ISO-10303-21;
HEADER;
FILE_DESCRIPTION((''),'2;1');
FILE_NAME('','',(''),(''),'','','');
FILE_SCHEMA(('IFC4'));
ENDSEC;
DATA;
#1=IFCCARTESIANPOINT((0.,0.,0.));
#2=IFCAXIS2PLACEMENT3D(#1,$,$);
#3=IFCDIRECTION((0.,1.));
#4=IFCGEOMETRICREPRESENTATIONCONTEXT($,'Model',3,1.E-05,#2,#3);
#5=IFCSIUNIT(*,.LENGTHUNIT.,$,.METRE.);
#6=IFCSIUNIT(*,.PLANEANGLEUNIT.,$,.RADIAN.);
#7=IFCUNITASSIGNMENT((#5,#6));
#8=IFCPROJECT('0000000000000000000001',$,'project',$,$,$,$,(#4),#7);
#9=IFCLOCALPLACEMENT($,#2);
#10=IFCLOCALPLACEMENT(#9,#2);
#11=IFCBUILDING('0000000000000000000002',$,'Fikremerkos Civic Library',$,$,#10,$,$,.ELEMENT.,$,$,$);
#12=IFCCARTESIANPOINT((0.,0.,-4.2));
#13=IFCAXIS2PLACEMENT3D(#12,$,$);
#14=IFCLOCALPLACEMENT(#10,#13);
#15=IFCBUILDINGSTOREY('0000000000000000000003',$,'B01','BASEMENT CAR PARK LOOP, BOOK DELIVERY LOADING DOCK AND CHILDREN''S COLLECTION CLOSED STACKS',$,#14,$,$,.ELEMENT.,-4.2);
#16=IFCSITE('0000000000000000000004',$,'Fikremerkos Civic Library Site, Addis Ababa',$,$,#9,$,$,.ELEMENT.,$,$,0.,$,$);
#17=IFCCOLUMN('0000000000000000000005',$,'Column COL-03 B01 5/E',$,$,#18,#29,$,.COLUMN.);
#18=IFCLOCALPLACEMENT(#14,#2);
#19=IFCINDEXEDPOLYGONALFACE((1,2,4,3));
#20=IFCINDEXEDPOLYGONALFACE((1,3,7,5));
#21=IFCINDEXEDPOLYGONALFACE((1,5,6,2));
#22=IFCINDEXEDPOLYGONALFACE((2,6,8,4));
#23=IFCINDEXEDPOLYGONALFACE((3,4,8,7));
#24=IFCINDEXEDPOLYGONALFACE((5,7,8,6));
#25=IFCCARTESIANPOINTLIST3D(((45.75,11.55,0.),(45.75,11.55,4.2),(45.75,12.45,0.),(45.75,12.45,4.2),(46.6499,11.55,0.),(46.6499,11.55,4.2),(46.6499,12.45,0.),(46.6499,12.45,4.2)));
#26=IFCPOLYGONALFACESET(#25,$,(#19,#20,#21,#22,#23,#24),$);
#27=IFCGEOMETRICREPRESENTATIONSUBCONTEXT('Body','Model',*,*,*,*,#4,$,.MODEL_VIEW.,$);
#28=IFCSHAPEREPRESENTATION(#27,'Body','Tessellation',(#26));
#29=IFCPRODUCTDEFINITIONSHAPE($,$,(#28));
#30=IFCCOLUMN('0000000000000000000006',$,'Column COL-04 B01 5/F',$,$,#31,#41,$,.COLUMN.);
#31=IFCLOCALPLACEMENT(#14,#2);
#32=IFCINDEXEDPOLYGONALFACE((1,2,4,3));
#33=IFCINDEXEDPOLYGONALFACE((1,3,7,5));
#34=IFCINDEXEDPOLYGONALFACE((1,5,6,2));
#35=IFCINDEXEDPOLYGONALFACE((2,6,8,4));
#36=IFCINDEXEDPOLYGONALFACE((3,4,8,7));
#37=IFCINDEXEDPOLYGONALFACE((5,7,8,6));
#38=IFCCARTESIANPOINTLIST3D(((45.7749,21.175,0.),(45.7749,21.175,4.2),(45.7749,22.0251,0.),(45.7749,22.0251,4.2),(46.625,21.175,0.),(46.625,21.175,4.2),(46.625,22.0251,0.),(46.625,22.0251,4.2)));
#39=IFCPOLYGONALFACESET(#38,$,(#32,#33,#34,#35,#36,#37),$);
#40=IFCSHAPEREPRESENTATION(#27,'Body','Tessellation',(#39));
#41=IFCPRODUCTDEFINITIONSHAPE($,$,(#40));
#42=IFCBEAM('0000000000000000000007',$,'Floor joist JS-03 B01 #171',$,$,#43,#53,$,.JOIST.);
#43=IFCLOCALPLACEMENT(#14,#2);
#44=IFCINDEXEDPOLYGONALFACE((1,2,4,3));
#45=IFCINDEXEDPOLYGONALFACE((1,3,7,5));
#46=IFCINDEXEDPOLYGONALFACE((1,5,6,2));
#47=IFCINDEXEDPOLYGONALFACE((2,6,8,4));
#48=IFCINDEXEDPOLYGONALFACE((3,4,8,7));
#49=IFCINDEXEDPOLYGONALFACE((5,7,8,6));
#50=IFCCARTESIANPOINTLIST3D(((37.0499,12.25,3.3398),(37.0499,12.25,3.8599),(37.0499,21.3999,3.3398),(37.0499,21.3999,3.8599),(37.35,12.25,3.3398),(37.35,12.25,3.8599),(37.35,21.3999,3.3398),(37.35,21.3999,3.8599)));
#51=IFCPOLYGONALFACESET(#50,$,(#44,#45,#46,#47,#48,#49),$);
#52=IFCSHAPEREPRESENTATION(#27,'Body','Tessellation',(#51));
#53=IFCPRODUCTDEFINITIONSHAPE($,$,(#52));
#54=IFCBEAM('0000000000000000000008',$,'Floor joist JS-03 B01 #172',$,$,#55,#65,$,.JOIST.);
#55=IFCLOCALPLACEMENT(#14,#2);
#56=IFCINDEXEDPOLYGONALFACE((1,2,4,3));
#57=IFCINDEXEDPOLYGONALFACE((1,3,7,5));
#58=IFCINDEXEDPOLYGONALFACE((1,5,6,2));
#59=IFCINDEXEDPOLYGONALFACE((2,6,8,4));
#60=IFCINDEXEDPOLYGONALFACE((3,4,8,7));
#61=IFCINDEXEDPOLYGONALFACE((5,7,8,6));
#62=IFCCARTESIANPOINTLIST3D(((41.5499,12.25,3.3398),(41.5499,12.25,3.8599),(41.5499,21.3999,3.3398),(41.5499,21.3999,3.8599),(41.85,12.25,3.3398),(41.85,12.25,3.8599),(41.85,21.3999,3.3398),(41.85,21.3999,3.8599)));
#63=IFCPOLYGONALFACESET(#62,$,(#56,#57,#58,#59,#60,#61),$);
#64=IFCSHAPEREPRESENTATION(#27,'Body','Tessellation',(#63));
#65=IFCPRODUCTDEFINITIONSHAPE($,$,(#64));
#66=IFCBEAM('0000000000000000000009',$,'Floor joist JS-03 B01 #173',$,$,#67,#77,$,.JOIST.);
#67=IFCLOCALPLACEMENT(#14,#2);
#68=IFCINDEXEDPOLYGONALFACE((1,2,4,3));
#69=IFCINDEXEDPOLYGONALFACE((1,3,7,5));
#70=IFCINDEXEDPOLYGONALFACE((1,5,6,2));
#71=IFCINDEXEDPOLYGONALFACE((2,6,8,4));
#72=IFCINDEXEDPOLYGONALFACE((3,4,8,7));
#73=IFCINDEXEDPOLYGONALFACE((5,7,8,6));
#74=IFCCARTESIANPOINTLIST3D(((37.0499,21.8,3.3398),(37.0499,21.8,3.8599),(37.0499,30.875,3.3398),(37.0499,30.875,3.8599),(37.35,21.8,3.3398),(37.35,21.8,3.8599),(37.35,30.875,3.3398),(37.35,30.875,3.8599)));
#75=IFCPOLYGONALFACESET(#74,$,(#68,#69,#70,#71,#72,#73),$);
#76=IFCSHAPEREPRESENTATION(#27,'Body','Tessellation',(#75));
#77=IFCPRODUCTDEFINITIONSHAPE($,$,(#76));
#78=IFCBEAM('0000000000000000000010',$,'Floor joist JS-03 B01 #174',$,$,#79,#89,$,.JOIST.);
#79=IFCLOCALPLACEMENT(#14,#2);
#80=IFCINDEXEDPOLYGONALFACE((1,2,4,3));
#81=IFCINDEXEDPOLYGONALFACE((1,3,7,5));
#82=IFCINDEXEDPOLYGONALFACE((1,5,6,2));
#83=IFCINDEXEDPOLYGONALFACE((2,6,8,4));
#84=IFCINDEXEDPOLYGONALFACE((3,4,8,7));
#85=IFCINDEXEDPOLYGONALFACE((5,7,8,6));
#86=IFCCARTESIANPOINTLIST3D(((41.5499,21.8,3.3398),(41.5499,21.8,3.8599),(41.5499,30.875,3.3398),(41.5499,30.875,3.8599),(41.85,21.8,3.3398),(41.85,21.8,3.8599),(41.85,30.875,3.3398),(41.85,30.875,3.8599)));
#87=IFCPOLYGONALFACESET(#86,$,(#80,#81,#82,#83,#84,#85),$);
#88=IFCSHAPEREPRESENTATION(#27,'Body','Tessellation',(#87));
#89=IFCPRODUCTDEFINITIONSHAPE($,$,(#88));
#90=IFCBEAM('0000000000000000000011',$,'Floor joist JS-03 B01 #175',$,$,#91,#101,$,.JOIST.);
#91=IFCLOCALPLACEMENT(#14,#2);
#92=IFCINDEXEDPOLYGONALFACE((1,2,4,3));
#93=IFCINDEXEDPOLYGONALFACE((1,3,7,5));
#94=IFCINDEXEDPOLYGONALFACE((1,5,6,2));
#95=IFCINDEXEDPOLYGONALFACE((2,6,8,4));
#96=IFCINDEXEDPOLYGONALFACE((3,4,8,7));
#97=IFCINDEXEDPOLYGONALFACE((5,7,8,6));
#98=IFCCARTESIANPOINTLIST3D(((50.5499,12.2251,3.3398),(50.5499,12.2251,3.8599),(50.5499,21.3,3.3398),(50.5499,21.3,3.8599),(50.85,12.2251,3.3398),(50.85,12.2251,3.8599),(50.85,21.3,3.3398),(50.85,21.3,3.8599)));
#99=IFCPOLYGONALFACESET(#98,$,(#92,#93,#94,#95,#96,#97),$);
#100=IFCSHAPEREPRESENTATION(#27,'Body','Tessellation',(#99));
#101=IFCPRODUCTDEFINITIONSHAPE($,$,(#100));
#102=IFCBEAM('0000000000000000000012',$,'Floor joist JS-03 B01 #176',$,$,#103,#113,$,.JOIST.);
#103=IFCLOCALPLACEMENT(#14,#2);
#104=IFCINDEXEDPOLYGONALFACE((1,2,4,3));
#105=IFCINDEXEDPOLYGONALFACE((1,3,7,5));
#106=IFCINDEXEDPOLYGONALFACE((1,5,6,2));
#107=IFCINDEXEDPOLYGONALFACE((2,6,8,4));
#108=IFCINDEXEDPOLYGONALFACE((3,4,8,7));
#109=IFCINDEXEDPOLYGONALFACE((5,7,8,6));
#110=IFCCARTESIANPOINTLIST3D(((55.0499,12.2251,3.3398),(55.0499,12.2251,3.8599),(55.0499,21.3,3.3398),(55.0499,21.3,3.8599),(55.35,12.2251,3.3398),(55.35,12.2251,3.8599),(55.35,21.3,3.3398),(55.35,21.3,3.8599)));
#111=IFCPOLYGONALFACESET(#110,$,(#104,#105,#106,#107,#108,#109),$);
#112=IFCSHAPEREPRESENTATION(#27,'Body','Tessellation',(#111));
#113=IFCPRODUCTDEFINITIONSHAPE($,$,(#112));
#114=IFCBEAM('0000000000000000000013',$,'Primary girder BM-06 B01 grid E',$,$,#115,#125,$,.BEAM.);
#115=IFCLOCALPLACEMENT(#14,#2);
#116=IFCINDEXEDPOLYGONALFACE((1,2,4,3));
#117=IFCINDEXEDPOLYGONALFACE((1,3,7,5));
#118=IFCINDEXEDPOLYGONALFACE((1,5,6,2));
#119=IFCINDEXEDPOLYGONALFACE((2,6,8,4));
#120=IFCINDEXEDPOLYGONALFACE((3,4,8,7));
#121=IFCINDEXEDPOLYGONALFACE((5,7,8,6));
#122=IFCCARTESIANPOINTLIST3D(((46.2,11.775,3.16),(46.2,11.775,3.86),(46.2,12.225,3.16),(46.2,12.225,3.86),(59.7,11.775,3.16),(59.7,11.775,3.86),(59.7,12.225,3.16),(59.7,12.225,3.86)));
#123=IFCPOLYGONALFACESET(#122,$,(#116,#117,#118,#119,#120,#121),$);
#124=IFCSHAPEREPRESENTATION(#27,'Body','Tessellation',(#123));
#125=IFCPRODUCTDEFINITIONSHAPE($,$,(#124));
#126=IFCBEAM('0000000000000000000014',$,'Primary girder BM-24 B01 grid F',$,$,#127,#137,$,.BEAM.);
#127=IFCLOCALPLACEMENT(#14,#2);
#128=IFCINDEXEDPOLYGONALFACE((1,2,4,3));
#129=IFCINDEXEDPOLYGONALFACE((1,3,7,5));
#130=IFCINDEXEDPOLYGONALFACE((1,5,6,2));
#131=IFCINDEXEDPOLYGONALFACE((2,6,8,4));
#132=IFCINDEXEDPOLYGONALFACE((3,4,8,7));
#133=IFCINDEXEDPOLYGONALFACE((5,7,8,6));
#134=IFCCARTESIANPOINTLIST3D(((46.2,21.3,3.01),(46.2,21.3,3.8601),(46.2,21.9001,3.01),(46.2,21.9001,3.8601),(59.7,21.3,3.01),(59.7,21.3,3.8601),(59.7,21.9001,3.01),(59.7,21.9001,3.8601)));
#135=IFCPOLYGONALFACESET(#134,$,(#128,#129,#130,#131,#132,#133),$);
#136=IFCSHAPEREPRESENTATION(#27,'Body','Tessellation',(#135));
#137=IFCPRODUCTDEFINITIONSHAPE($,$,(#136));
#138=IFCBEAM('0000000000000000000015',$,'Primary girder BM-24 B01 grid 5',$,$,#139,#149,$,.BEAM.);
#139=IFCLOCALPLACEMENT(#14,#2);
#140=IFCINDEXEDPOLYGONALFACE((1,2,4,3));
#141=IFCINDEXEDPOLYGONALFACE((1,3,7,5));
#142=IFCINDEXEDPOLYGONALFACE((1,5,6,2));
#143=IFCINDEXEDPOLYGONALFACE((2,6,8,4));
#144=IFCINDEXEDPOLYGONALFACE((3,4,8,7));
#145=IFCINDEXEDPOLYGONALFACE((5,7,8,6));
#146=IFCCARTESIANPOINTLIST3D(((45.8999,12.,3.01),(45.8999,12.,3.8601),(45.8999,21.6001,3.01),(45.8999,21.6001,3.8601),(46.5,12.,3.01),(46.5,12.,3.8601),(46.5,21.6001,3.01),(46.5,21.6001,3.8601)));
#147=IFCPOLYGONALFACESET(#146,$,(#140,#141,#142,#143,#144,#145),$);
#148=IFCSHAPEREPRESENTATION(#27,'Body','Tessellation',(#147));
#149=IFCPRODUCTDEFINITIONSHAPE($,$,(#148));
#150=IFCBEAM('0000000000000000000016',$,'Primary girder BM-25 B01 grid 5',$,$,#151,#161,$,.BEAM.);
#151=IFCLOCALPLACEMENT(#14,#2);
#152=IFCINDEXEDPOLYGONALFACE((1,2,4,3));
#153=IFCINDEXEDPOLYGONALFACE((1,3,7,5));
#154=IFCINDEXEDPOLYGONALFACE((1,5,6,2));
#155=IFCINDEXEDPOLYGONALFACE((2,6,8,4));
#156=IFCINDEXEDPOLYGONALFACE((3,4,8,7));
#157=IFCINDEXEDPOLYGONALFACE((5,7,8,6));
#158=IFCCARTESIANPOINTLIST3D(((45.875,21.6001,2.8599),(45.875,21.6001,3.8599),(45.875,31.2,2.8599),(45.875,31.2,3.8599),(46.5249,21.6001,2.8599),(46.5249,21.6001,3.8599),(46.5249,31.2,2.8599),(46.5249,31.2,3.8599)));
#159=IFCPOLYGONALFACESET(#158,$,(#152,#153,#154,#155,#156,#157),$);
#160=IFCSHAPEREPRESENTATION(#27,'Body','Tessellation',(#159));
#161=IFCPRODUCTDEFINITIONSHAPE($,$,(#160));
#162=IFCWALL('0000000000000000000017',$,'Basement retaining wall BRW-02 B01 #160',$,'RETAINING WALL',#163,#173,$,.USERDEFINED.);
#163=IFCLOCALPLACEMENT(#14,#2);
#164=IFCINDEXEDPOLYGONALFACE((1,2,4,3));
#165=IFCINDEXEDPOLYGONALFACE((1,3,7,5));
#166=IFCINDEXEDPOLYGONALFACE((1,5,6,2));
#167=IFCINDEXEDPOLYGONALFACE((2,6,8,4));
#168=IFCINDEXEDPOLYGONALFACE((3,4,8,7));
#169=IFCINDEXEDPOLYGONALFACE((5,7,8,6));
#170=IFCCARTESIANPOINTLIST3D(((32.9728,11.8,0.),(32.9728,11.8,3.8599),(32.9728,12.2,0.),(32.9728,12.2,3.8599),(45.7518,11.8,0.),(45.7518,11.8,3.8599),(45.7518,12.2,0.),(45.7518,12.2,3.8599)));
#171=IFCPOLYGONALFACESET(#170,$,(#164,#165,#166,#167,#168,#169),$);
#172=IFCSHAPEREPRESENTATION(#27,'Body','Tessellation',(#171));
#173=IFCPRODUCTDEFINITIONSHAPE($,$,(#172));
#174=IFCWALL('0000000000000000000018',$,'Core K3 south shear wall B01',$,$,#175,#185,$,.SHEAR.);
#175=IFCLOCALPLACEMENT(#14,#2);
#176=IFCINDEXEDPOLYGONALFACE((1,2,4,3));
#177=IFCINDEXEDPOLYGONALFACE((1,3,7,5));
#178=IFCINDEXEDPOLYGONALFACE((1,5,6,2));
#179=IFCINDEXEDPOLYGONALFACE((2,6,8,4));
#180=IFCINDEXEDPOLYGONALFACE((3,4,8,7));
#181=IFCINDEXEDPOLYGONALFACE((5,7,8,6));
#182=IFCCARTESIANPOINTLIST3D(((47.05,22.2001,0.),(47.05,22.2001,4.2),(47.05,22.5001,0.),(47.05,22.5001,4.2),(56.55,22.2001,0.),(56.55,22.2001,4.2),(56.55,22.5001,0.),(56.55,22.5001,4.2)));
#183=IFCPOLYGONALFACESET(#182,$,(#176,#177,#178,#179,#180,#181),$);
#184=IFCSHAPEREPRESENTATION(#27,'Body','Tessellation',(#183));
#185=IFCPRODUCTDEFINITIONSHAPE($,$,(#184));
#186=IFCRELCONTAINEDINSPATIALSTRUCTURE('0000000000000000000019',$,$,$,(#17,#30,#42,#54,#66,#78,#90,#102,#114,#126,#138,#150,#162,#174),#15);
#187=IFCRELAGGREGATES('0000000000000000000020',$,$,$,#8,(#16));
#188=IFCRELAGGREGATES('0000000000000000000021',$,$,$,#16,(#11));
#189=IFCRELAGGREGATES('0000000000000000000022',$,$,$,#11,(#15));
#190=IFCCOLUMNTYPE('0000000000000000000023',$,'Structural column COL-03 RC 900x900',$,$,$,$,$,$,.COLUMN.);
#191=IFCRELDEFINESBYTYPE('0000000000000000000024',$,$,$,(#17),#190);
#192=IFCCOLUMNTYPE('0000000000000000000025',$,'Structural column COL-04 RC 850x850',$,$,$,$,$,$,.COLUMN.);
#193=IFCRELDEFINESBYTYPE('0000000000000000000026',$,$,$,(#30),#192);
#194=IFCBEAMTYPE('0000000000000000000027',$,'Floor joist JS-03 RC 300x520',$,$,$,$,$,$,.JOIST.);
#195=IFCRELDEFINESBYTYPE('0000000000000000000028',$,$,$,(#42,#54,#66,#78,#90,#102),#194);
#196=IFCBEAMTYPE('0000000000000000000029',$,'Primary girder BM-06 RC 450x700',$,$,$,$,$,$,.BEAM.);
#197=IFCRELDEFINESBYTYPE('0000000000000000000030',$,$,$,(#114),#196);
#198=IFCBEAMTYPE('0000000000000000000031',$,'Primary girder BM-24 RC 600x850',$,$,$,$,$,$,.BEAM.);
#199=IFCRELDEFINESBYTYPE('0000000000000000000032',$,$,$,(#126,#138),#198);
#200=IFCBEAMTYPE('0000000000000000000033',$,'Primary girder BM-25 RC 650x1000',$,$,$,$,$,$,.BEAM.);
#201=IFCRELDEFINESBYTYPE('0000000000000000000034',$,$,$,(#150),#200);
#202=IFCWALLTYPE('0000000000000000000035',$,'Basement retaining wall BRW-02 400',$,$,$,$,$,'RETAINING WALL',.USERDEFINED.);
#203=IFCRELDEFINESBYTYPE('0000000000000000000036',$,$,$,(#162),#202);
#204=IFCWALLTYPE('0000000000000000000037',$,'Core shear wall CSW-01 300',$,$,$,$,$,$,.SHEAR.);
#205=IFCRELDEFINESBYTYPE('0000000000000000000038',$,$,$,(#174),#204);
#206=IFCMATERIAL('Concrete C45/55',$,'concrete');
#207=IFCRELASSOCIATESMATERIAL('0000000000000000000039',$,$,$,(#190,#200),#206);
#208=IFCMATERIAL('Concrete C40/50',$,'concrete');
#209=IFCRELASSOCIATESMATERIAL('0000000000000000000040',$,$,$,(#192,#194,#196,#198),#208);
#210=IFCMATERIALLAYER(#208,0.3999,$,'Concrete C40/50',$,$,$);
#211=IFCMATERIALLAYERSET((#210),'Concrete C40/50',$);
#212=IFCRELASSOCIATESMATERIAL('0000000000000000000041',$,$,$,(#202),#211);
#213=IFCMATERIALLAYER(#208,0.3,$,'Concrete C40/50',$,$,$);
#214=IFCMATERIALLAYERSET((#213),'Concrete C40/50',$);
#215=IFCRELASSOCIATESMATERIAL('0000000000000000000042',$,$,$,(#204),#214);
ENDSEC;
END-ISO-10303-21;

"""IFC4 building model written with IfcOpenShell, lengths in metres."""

from ifc_helpers import new_model, si_unit, direction, frame, frame_2d, origin, origin_2d, place, context, subcontext, project, spatial, rectangle, extrude, material, layer, layer_set, material_profile, profile_set, type_object, element, save


model = new_model("IFC4")

# Units and contexts
model_context = context("Model", 3, precision=1e-05, world=origin(), true_north=direction((0.0, 1.0)))
body_context = subcontext(model_context, "Body", "Model", "MODEL_VIEW")
ifc_project = project(units=[si_unit("LENGTHUNIT", "METRE"), si_unit("PLANEANGLEUNIT", "RADIAN")], contexts=[model_context])

# Site, building, storey
site_placement = place(None, origin())
site = spatial("IfcSite", under=ifc_project, at=site_placement, Name="Fikremerkos Civic Library Site, Addis Ababa", CompositionType="ELEMENT", RefElevation=0.0)
building_placement = place(site_placement, origin())
building = spatial("IfcBuilding", under=site, at=building_placement, Name="Fikremerkos Civic Library", CompositionType="ELEMENT")
storey_placement = place(building_placement, frame((0.0, 0.0, -4.2)))
storey = spatial("IfcBuildingStorey", under=building, at=storey_placement, Name="B01", Description="BASEMENT CAR PARK LOOP, BOOK DELIVERY LOADING DOCK AND CHILDREN'S COLLECTION CLOSED STACKS", CompositionType="ELEMENT", Elevation=-4.2)

# Columns
ifc_material_1 = material(Name="Concrete C45/55", Category="concrete")
ifc_material_profile_1 = material_profile(ifc_material_1, rectangle(XDim=0.8999, YDim=0.8999, at=origin_2d()), Name="RC 900x900")
ifc_profile_set_1 = profile_set([ifc_material_profile_1], Name="Concrete C45/55")
column_type_1 = type_object("IfcColumnType", Name="Structural column COL-03 RC 900x900", PredefinedType="COLUMN", material=ifc_profile_set_1)
column_1_placement = place(storey_placement, frame((46.2, 12.0, 0.0), z_axis=(0.0, 0.0, 1.0), x_axis=(1.0, 0.0, 0.0)))
element("IfcColumn", 1, at=column_1_placement, inside=storey, type_object=column_type_1, Name="Column COL-03 B01 5/E", PredefinedType="COLUMN", context=body_context, shape_type="SweptSolid", body=[
    extrude(rectangle(XDim=0.8999, YDim=0.8999, at=origin_2d()), origin(), (0.0, 0.0, 1.0), 4.2),
])
ifc_material_2 = material(Name="Concrete C40/50", Category="concrete")
ifc_material_profile_2 = material_profile(ifc_material_2, rectangle(XDim=0.8501, YDim=0.8501, at=origin_2d()), Name="RC 850x850")
ifc_profile_set_2 = profile_set([ifc_material_profile_2], Name="Concrete C40/50")
column_type_2 = type_object("IfcColumnType", Name="Structural column COL-04 RC 850x850", PredefinedType="COLUMN", material=ifc_profile_set_2)
column_2_placement = place(storey_placement, frame((46.2, 21.6001, 0.0), z_axis=(0.0, 0.0, 1.0), x_axis=(1.0, 0.0, 0.0)))
element("IfcColumn", 2, at=column_2_placement, inside=storey, type_object=column_type_2, Name="Column COL-04 B01 5/F", PredefinedType="COLUMN", context=body_context, shape_type="SweptSolid", body=[
    extrude(rectangle(XDim=0.8501, YDim=0.8501, at=origin_2d()), origin(), (0.0, 0.0, 1.0), 4.2),
])

# Beams
ifc_material_profile_3 = material_profile(ifc_material_2, rectangle(XDim=0.3, YDim=0.52, at=origin_2d()), Name="RC 300x520")
ifc_profile_set_3 = profile_set([ifc_material_profile_3], Name="Concrete C40/50")
beam_type_1 = type_object("IfcBeamType", Name="Floor joist JS-03 RC 300x520", PredefinedType="JOIST", material=ifc_profile_set_3)
for number, where, z_axis, x_axis, name in (
    (3, (37.2, 12.25, 3.5999), (0.0, 1.0, 0.0), (-1.0, 0.0, 0.0), "Floor joist JS-03 B01 #171"),
    (4, (41.7, 12.25, 3.5999), (0.0, 1.0, 0.0), (-1.0, 0.0, 0.0), "Floor joist JS-03 B01 #172"),
):
    element("IfcBeam", number, at=place(storey_placement, frame(where, z_axis=z_axis, x_axis=x_axis)), inside=storey, type_object=beam_type_1, Name=name, PredefinedType="JOIST", context=body_context, shape_type="SweptSolid", body=[
        extrude(rectangle(XDim=0.3, YDim=0.52, at=origin_2d()), origin(), (0.0, 0.0, 1.0), 9.1499),
    ])
for number, where, z_axis, x_axis, name in (
    (5, (37.2, 21.8, 3.5999), (0.0, 1.0, 0.0), (-1.0, 0.0, 0.0), "Floor joist JS-03 B01 #173"),
    (6, (41.7, 21.8, 3.5999), (0.0, 1.0, 0.0), (-1.0, 0.0, 0.0), "Floor joist JS-03 B01 #174"),
    (7, (50.7, 12.2251, 3.5999), (0.0, 1.0, 0.0), (-1.0, 0.0, 0.0), "Floor joist JS-03 B01 #175"),
    (8, (55.2, 12.2251, 3.5999), (0.0, 1.0, 0.0), (-1.0, 0.0, 0.0), "Floor joist JS-03 B01 #176"),
):
    element("IfcBeam", number, at=place(storey_placement, frame(where, z_axis=z_axis, x_axis=x_axis)), inside=storey, type_object=beam_type_1, Name=name, PredefinedType="JOIST", context=body_context, shape_type="SweptSolid", body=[
        extrude(rectangle(XDim=0.3, YDim=0.52, at=origin_2d()), origin(), (0.0, 0.0, 1.0), 9.075),
    ])
ifc_material_profile_4 = material_profile(ifc_material_2, rectangle(XDim=0.45, YDim=0.7, at=origin_2d()), Name="RC 450x700")
ifc_profile_set_4 = profile_set([ifc_material_profile_4], Name="Concrete C40/50")
beam_type_2 = type_object("IfcBeamType", Name="Primary girder BM-06 RC 450x700", PredefinedType="BEAM", material=ifc_profile_set_4)
beam_1_placement = place(storey_placement, frame((46.2, 12.0, 3.51), z_axis=(1.0, 0.0, 0.0), x_axis=(0.0, 1.0, 0.0)))
element("IfcBeam", 9, at=beam_1_placement, inside=storey, type_object=beam_type_2, Name="Primary girder BM-06 B01 grid E", PredefinedType="BEAM", context=body_context, shape_type="SweptSolid", body=[
    extrude(rectangle(XDim=0.45, YDim=0.7, at=origin_2d()), origin(), (0.0, 0.0, 1.0), 13.5),
])
ifc_material_profile_5 = material_profile(ifc_material_2, rectangle(XDim=0.6001, YDim=0.8501, at=origin_2d()), Name="RC 600x850")
ifc_profile_set_5 = profile_set([ifc_material_profile_5], Name="Concrete C40/50")
beam_type_3 = type_object("IfcBeamType", Name="Primary girder BM-24 RC 600x850", PredefinedType="BEAM", material=ifc_profile_set_5)
beam_2_placement = place(storey_placement, frame((46.2, 21.6001, 3.4351), z_axis=(1.0, 0.0, 0.0), x_axis=(0.0, 1.0, 0.0)))
element("IfcBeam", 10, at=beam_2_placement, inside=storey, type_object=beam_type_3, Name="Primary girder BM-24 B01 grid F", PredefinedType="BEAM", context=body_context, shape_type="SweptSolid", body=[
    extrude(rectangle(XDim=0.6001, YDim=0.8501, at=origin_2d()), origin(), (0.0, 0.0, 1.0), 13.5),
])
beam_3_placement = place(storey_placement, frame((46.2, 12.0, 3.4351), z_axis=(0.0, 1.0, 0.0), x_axis=(-1.0, 0.0, 0.0)))
element("IfcBeam", 11, at=beam_3_placement, inside=storey, type_object=beam_type_3, Name="Primary girder BM-24 B01 grid 5", PredefinedType="BEAM", context=body_context, shape_type="SweptSolid", body=[
    extrude(rectangle(XDim=0.6001, YDim=0.8501, at=origin_2d()), origin(), (0.0, 0.0, 1.0), 9.6001),
])
ifc_material_profile_6 = material_profile(ifc_material_1, rectangle(XDim=0.6499, YDim=1.0, at=origin_2d()), Name="RC 650x1000")
ifc_profile_set_6 = profile_set([ifc_material_profile_6], Name="Concrete C45/55")
beam_type_4 = type_object("IfcBeamType", Name="Primary girder BM-25 RC 650x1000", PredefinedType="BEAM", material=ifc_profile_set_6)
beam_4_placement = place(storey_placement, frame((46.2, 21.6001, 3.3599), z_axis=(0.0, 1.0, 0.0), x_axis=(-1.0, 0.0, 0.0)))
element("IfcBeam", 12, at=beam_4_placement, inside=storey, type_object=beam_type_4, Name="Primary girder BM-25 B01 grid 5", PredefinedType="BEAM", context=body_context, shape_type="SweptSolid", body=[
    extrude(rectangle(XDim=0.6499, YDim=1.0, at=origin_2d()), origin(), (0.0, 0.0, 1.0), 9.5999),
])

# Walls
ifc_layer_1 = layer(ifc_material_2, 0.3999, Name="Concrete C40/50")
ifc_layer_set_1 = layer_set([ifc_layer_1], Name="Concrete C40/50")
wall_type_1 = type_object("IfcWallType", Name="Basement retaining wall BRW-02 400", ElementType="RETAINING WALL", PredefinedType="USERDEFINED", material=ifc_layer_set_1)
wall_1_placement = place(storey_placement, frame((45.752, 12.0, 0.0), z_axis=(0.0, 0.0, 1.0), x_axis=(-1.0, 0.0, 0.0)))
element("IfcWall", 13, at=wall_1_placement, inside=storey, type_object=wall_type_1, Name="Basement retaining wall BRW-02 B01 #160", ObjectType="RETAINING WALL", PredefinedType="USERDEFINED", context=body_context, shape_type="SweptSolid", body=[
    extrude(rectangle(XDim=12.7791, YDim=0.3999, at=frame_2d((6.3896, 0.0))), origin(), (0.0, 0.0, 1.0), 3.8599),
])
ifc_layer_2 = layer(ifc_material_2, 0.3, Name="Concrete C40/50")
ifc_layer_set_2 = layer_set([ifc_layer_2], Name="Concrete C40/50")
wall_type_2 = type_object("IfcWallType", Name="Core shear wall CSW-01 300", PredefinedType="SHEAR", material=ifc_layer_set_2)
wall_2_placement = place(storey_placement, frame((56.55, 22.3501, 0.0), z_axis=(0.0, 0.0, 1.0), x_axis=(-1.0, 0.0, 0.0)))
element("IfcWall", 14, at=wall_2_placement, inside=storey, type_object=wall_type_2, Name="Core K3 south shear wall B01", PredefinedType="SHEAR", context=body_context, shape_type="SweptSolid", body=[
    extrude(rectangle(XDim=9.5, YDim=0.3, at=frame_2d((4.75, 0.0))), origin(), (0.0, 0.0, 1.0), 4.2),
])

save(model, "model.ifc")
